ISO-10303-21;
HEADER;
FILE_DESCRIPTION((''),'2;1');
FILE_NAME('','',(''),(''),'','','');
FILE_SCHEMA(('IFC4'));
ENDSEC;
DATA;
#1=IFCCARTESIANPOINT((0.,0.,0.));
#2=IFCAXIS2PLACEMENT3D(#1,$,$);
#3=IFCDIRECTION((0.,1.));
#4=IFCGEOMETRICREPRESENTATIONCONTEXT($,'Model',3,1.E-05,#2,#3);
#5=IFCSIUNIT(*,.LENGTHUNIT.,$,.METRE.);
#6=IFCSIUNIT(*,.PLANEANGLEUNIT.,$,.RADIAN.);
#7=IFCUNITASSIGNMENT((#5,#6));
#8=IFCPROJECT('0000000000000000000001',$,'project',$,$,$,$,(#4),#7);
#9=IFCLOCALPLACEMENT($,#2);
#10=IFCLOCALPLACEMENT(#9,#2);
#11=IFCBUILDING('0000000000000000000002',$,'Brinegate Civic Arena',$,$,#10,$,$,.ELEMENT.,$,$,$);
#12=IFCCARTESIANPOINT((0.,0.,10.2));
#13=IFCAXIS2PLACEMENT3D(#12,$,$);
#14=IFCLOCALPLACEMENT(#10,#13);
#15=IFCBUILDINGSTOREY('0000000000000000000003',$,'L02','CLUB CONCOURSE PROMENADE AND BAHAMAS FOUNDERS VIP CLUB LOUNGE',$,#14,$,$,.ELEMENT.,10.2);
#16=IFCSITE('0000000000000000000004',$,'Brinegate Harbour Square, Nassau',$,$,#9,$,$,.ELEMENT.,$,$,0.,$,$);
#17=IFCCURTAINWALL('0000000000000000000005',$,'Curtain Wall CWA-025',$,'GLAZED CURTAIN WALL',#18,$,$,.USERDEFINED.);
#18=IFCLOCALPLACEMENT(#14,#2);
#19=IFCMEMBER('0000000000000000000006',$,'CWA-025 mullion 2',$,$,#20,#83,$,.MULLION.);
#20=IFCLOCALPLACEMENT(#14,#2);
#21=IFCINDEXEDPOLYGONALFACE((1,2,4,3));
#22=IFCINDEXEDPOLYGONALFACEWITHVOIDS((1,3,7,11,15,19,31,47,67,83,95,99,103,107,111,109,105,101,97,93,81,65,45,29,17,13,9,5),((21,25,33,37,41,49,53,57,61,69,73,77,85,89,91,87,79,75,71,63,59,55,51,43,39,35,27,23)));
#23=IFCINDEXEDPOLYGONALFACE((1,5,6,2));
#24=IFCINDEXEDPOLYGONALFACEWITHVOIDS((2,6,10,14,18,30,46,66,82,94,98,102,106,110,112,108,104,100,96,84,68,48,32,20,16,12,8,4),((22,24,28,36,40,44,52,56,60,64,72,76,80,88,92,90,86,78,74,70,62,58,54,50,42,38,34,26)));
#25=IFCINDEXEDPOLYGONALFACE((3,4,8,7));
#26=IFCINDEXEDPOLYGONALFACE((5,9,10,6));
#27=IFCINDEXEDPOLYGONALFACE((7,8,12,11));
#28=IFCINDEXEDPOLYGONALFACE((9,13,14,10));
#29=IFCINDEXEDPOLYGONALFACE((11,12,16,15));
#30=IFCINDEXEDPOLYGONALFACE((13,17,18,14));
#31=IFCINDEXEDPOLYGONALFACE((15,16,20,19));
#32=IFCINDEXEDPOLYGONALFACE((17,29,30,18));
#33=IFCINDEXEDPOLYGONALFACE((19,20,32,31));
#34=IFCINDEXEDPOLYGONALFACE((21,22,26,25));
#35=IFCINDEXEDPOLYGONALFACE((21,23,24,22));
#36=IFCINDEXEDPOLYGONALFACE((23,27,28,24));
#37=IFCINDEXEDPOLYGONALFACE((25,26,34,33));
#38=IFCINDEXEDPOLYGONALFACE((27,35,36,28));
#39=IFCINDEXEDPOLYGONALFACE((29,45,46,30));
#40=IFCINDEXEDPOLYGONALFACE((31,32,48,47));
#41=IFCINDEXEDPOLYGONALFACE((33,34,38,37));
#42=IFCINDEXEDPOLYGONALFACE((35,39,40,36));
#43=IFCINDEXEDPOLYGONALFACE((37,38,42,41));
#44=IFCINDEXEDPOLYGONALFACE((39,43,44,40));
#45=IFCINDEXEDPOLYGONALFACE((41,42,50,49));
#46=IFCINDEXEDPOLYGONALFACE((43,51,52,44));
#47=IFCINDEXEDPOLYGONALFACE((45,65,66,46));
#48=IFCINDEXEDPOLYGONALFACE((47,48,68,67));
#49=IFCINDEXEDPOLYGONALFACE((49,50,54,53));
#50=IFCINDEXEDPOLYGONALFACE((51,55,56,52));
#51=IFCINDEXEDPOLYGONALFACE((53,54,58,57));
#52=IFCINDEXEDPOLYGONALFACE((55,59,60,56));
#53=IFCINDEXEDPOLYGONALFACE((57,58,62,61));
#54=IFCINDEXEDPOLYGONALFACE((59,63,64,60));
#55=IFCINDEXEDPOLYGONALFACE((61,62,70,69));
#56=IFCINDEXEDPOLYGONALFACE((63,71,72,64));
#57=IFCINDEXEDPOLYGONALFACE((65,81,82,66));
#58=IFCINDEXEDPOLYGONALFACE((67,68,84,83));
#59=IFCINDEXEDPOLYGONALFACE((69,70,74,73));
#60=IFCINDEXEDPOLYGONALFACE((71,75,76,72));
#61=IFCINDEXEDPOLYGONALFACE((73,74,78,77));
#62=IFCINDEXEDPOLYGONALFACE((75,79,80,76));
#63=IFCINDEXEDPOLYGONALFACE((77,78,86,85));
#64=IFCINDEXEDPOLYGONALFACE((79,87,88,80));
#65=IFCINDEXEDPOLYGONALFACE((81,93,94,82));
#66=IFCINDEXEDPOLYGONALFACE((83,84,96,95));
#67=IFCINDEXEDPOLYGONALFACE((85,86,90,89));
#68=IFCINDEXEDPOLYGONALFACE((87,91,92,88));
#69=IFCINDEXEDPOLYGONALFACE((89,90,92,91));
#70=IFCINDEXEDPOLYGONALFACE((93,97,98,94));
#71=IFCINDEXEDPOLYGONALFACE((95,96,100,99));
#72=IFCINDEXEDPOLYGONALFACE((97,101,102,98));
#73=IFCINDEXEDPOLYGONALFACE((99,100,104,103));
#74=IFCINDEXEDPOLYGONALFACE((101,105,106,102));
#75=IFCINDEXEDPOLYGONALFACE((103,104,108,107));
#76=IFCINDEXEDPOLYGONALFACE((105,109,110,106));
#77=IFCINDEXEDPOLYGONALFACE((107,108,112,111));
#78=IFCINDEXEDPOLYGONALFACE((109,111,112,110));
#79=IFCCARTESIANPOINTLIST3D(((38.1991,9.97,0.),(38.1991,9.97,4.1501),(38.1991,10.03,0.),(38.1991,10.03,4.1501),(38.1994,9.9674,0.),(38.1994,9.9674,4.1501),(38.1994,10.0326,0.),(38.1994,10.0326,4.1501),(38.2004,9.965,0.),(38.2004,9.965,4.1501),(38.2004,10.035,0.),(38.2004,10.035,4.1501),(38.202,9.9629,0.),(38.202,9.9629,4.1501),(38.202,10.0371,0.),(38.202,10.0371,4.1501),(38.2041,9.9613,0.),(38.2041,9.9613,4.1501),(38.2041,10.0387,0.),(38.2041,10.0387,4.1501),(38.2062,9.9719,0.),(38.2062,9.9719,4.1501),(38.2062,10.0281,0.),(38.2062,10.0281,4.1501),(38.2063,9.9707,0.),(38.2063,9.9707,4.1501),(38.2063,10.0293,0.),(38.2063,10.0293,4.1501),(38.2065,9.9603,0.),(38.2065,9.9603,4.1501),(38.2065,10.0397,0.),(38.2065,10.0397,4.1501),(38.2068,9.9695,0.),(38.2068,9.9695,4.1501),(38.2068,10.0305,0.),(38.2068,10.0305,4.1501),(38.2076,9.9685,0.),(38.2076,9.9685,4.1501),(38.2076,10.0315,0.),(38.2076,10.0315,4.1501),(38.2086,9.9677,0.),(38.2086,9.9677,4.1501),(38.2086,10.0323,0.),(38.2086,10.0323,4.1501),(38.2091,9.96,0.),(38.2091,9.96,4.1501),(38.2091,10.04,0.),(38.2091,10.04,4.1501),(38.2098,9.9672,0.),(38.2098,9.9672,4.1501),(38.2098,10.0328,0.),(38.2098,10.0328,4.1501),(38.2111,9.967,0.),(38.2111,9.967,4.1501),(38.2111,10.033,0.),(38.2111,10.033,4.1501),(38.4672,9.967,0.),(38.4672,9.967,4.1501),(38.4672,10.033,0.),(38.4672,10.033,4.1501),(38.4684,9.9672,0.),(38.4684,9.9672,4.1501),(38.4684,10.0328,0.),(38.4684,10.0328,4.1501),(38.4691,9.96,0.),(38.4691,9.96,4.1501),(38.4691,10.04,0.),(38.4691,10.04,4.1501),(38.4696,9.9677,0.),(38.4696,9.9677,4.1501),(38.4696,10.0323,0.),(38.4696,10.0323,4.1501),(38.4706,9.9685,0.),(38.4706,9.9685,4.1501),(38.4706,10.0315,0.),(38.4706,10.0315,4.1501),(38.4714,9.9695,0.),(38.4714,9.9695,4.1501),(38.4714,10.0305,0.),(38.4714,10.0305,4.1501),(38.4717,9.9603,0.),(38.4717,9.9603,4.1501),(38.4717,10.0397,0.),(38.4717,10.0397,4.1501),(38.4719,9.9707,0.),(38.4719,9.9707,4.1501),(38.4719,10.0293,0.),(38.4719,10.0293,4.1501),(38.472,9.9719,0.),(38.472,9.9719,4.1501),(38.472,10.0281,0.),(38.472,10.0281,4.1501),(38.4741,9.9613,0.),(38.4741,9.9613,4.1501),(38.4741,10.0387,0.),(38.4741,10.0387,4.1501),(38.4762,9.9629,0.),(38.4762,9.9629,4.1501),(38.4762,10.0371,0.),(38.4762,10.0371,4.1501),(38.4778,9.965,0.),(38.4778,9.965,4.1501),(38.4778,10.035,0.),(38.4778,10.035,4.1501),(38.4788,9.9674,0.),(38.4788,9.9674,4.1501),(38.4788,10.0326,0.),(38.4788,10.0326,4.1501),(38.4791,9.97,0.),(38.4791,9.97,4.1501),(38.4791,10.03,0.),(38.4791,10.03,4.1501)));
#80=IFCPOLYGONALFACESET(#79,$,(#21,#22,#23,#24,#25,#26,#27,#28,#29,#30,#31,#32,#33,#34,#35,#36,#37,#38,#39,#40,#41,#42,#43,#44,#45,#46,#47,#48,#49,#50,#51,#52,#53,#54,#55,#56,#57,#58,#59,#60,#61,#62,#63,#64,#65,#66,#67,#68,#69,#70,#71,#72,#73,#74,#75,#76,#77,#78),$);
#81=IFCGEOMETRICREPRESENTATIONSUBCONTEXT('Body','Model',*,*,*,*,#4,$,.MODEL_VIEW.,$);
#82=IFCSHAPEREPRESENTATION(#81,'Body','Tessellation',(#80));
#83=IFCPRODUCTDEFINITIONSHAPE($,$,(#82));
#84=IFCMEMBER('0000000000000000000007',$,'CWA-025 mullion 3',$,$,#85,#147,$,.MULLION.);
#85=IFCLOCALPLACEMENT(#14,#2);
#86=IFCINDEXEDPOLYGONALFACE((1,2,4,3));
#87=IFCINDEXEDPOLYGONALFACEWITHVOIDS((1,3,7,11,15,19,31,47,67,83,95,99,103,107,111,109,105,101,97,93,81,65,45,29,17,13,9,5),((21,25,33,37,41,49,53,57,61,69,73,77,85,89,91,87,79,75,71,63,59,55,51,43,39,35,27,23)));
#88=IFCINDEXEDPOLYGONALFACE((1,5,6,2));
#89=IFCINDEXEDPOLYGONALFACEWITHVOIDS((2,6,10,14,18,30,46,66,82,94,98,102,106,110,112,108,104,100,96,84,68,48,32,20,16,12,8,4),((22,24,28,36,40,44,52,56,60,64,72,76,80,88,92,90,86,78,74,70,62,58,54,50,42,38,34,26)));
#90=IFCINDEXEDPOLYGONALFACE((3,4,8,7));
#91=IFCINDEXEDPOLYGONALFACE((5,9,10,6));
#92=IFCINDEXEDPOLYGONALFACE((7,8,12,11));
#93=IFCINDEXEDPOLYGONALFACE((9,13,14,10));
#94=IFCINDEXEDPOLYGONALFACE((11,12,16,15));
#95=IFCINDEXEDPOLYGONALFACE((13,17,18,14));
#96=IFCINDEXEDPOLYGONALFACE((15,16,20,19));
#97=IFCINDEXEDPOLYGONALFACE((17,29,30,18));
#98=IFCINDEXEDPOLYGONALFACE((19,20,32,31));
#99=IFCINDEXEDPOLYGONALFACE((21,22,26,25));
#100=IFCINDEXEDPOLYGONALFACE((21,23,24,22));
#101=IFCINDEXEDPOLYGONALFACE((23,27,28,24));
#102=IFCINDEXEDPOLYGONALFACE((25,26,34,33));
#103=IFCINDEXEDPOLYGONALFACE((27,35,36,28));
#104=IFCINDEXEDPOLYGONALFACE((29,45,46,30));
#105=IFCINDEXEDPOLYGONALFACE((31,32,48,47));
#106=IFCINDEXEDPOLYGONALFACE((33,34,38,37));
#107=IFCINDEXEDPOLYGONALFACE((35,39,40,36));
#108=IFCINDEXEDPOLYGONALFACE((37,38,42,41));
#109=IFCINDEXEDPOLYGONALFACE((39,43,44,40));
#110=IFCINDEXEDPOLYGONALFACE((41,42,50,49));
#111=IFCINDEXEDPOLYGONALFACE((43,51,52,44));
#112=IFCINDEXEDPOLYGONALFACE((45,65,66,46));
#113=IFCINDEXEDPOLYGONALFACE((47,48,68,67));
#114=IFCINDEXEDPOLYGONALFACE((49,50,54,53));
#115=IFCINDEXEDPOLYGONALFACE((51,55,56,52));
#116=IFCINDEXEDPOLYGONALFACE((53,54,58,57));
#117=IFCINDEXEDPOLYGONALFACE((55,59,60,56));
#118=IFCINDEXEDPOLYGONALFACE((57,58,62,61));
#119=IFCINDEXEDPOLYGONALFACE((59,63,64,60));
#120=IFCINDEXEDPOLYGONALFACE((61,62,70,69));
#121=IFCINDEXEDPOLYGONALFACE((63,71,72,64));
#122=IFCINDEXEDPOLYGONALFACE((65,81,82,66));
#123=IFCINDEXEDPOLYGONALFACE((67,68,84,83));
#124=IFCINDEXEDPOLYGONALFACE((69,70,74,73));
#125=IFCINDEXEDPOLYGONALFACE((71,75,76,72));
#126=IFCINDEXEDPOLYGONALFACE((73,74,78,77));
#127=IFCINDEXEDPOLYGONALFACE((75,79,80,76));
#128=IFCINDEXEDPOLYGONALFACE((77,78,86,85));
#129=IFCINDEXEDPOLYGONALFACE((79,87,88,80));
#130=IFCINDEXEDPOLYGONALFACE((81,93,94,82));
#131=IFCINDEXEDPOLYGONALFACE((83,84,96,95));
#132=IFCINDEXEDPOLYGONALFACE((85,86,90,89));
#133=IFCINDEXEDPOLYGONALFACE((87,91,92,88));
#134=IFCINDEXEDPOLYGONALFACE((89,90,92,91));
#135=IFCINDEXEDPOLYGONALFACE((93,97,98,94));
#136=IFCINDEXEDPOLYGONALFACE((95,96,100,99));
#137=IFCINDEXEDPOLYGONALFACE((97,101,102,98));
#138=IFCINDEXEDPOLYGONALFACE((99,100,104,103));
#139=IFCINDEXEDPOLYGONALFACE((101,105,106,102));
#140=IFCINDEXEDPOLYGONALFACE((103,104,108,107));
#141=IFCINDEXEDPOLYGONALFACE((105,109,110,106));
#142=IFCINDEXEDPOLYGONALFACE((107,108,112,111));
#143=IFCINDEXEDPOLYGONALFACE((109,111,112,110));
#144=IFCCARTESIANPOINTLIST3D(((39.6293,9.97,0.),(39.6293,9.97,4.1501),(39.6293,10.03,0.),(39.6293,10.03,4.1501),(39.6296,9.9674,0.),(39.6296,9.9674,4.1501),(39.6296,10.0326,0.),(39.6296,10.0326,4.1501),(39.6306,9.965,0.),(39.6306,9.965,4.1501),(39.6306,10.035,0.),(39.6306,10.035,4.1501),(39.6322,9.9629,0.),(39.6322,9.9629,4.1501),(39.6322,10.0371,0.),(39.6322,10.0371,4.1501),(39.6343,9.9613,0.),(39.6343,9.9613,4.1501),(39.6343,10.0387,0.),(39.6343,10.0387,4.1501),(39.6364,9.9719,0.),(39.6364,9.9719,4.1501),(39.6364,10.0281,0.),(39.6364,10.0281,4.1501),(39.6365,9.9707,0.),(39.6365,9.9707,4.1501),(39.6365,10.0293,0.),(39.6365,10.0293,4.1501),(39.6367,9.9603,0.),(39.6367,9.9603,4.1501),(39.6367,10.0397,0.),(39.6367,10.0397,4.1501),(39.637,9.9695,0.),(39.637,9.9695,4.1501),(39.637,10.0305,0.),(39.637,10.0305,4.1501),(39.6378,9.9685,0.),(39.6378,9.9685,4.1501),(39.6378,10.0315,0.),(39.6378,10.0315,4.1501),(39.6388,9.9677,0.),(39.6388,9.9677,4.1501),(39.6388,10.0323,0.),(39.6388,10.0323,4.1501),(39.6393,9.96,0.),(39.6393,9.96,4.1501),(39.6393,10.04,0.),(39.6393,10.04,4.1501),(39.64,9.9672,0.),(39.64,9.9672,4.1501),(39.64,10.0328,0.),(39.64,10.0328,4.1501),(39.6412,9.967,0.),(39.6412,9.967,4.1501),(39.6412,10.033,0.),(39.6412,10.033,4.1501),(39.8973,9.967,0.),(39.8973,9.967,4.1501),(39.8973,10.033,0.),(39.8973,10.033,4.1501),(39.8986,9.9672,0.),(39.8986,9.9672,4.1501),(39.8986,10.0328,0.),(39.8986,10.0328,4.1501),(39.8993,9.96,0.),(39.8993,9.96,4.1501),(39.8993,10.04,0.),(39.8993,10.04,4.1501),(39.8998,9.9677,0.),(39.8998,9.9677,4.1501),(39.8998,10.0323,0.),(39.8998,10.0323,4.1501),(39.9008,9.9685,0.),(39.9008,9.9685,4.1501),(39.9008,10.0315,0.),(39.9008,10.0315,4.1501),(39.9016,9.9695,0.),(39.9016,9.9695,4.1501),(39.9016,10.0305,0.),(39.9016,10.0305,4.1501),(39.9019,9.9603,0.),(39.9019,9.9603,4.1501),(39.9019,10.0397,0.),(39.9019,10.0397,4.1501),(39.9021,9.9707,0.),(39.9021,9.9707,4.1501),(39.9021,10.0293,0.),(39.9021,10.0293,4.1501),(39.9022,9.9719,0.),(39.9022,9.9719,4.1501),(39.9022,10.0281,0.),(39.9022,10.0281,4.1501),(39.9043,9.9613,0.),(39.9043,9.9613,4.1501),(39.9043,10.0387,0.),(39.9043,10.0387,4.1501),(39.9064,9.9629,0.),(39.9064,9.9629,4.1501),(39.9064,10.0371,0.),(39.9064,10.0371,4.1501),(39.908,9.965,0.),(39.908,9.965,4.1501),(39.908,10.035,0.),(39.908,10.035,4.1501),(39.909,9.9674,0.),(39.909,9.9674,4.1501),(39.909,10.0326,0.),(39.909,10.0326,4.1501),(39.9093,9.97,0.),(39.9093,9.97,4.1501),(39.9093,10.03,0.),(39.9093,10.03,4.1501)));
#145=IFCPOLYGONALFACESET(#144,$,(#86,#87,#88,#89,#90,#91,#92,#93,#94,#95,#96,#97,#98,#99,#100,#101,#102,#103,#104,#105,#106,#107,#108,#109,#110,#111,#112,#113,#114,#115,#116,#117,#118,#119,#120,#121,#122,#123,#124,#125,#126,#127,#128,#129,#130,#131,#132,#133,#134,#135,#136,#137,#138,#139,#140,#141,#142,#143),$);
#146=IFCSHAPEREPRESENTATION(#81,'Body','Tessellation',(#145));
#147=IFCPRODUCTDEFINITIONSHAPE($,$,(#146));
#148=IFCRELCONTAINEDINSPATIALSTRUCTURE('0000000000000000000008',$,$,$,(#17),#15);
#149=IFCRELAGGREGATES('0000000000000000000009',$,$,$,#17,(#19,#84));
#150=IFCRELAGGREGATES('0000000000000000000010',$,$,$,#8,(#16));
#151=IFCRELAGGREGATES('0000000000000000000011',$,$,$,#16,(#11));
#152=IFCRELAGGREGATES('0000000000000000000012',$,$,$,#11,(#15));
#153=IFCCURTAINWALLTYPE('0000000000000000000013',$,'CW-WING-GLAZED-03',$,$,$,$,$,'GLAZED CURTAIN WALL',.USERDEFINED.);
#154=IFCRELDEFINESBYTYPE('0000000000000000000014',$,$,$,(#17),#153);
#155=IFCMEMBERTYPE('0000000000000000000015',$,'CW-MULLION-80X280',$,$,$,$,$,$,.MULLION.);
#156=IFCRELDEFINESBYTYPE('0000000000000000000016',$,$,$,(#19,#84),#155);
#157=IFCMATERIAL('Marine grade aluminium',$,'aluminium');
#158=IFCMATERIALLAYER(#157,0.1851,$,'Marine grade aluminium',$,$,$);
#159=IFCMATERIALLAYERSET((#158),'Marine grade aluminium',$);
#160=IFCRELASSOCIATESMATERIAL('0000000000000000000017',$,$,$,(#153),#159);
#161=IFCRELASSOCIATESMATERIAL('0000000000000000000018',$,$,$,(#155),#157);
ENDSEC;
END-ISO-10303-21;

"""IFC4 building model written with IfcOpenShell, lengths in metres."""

from ifc_helpers import new_model, si_unit, direction, frame, origin, origin_2d, place, context, subcontext, project, spatial, hollow_rectangle, extrude, material, layer, layer_set, material_profile, profile_set, type_object, element, aggregate, save


model = new_model("IFC4")

# Units and contexts
model_context = context("Model", 3, precision=1e-05, world=origin(), true_north=direction((0.0, 1.0)))
body_context = subcontext(model_context, "Body", "Model", "MODEL_VIEW")
ifc_project = project(units=[si_unit("LENGTHUNIT", "METRE"), si_unit("PLANEANGLEUNIT", "RADIAN")], contexts=[model_context])

# Site, building, storey
site_placement = place(None, origin())
site = spatial("IfcSite", under=ifc_project, at=site_placement, Name="Brinegate Harbour Square, Nassau", CompositionType="ELEMENT", RefElevation=0.0)
building_placement = place(site_placement, origin())
building = spatial("IfcBuilding", under=site, at=building_placement, Name="Brinegate Civic Arena", CompositionType="ELEMENT")
storey_placement = place(building_placement, frame((0.0, 0.0, 10.2)))
storey = spatial("IfcBuildingStorey", under=building, at=storey_placement, Name="L02", Description="CLUB CONCOURSE PROMENADE AND BAHAMAS FOUNDERS VIP CLUB LOUNGE", CompositionType="ELEMENT", Elevation=10.2)

# Curtain wall, members
ifc_material_1 = material(Name="Marine grade aluminium", Category="aluminium")
ifc_layer_1 = layer(ifc_material_1, 0.1851, Name="Marine grade aluminium")
ifc_layer_set_1 = layer_set([ifc_layer_1], Name="Marine grade aluminium")
curtain_wall_type = type_object("IfcCurtainWallType", Name="CW-WING-GLAZED-03", ElementType="GLAZED CURTAIN WALL", PredefinedType="USERDEFINED", material=ifc_layer_set_1)
curtain_wall_1_placement = place(storey_placement, origin())
curtain_wall_1 = element("IfcCurtainWall", 1, at=curtain_wall_1_placement, inside=storey, type_object=curtain_wall_type, Name="Curtain Wall CWA-025", ObjectType="GLAZED CURTAIN WALL", PredefinedType="USERDEFINED")
ifc_material_profile_1 = material_profile(ifc_material_1, hollow_rectangle(XDim=0.0801, YDim=0.28, WallThickness=0.0071, InnerFilletRadius=0.0049, OuterFilletRadius=0.01, at=origin_2d()), Name="MUL80X280")
ifc_profile_set_1 = profile_set([ifc_material_profile_1], Name="Marine grade aluminium")
member_type_1 = type_object("IfcMemberType", Name="CW-MULLION-80X280", PredefinedType="MULLION", material=ifc_profile_set_1)
member_1_placement = place(storey_placement, frame((38.3391, 10.0, 0.0), z_axis=(0.0, 0.0, 1.0), x_axis=(0.0, 1.0, 0.0)))
member_1 = element("IfcMember", 2, at=member_1_placement, type_object=member_type_1, Name="CWA-025 mullion 2", PredefinedType="MULLION", context=body_context, shape_type="SweptSolid", body=[
    extrude(hollow_rectangle(XDim=0.0801, YDim=0.28, WallThickness=0.0071, InnerFilletRadius=0.0049, OuterFilletRadius=0.01, at=origin_2d()), origin(), (0.0, 0.0, 1.0), 4.1501),
])
member_2_placement = place(storey_placement, frame((39.7693, 10.0, 0.0), z_axis=(0.0, 0.0, 1.0), x_axis=(0.0, 1.0, 0.0)))
member_2 = element("IfcMember", 3, at=member_2_placement, type_object=member_type_1, Name="CWA-025 mullion 3", PredefinedType="MULLION", context=body_context, shape_type="SweptSolid", body=[
    extrude(hollow_rectangle(XDim=0.0801, YDim=0.28, WallThickness=0.0071, InnerFilletRadius=0.0049, OuterFilletRadius=0.01, at=origin_2d()), origin(), (0.0, 0.0, 1.0), 4.1501),
])

aggregate(curtain_wall_1, [member_1, member_2])

save(model, "model.ifc")
